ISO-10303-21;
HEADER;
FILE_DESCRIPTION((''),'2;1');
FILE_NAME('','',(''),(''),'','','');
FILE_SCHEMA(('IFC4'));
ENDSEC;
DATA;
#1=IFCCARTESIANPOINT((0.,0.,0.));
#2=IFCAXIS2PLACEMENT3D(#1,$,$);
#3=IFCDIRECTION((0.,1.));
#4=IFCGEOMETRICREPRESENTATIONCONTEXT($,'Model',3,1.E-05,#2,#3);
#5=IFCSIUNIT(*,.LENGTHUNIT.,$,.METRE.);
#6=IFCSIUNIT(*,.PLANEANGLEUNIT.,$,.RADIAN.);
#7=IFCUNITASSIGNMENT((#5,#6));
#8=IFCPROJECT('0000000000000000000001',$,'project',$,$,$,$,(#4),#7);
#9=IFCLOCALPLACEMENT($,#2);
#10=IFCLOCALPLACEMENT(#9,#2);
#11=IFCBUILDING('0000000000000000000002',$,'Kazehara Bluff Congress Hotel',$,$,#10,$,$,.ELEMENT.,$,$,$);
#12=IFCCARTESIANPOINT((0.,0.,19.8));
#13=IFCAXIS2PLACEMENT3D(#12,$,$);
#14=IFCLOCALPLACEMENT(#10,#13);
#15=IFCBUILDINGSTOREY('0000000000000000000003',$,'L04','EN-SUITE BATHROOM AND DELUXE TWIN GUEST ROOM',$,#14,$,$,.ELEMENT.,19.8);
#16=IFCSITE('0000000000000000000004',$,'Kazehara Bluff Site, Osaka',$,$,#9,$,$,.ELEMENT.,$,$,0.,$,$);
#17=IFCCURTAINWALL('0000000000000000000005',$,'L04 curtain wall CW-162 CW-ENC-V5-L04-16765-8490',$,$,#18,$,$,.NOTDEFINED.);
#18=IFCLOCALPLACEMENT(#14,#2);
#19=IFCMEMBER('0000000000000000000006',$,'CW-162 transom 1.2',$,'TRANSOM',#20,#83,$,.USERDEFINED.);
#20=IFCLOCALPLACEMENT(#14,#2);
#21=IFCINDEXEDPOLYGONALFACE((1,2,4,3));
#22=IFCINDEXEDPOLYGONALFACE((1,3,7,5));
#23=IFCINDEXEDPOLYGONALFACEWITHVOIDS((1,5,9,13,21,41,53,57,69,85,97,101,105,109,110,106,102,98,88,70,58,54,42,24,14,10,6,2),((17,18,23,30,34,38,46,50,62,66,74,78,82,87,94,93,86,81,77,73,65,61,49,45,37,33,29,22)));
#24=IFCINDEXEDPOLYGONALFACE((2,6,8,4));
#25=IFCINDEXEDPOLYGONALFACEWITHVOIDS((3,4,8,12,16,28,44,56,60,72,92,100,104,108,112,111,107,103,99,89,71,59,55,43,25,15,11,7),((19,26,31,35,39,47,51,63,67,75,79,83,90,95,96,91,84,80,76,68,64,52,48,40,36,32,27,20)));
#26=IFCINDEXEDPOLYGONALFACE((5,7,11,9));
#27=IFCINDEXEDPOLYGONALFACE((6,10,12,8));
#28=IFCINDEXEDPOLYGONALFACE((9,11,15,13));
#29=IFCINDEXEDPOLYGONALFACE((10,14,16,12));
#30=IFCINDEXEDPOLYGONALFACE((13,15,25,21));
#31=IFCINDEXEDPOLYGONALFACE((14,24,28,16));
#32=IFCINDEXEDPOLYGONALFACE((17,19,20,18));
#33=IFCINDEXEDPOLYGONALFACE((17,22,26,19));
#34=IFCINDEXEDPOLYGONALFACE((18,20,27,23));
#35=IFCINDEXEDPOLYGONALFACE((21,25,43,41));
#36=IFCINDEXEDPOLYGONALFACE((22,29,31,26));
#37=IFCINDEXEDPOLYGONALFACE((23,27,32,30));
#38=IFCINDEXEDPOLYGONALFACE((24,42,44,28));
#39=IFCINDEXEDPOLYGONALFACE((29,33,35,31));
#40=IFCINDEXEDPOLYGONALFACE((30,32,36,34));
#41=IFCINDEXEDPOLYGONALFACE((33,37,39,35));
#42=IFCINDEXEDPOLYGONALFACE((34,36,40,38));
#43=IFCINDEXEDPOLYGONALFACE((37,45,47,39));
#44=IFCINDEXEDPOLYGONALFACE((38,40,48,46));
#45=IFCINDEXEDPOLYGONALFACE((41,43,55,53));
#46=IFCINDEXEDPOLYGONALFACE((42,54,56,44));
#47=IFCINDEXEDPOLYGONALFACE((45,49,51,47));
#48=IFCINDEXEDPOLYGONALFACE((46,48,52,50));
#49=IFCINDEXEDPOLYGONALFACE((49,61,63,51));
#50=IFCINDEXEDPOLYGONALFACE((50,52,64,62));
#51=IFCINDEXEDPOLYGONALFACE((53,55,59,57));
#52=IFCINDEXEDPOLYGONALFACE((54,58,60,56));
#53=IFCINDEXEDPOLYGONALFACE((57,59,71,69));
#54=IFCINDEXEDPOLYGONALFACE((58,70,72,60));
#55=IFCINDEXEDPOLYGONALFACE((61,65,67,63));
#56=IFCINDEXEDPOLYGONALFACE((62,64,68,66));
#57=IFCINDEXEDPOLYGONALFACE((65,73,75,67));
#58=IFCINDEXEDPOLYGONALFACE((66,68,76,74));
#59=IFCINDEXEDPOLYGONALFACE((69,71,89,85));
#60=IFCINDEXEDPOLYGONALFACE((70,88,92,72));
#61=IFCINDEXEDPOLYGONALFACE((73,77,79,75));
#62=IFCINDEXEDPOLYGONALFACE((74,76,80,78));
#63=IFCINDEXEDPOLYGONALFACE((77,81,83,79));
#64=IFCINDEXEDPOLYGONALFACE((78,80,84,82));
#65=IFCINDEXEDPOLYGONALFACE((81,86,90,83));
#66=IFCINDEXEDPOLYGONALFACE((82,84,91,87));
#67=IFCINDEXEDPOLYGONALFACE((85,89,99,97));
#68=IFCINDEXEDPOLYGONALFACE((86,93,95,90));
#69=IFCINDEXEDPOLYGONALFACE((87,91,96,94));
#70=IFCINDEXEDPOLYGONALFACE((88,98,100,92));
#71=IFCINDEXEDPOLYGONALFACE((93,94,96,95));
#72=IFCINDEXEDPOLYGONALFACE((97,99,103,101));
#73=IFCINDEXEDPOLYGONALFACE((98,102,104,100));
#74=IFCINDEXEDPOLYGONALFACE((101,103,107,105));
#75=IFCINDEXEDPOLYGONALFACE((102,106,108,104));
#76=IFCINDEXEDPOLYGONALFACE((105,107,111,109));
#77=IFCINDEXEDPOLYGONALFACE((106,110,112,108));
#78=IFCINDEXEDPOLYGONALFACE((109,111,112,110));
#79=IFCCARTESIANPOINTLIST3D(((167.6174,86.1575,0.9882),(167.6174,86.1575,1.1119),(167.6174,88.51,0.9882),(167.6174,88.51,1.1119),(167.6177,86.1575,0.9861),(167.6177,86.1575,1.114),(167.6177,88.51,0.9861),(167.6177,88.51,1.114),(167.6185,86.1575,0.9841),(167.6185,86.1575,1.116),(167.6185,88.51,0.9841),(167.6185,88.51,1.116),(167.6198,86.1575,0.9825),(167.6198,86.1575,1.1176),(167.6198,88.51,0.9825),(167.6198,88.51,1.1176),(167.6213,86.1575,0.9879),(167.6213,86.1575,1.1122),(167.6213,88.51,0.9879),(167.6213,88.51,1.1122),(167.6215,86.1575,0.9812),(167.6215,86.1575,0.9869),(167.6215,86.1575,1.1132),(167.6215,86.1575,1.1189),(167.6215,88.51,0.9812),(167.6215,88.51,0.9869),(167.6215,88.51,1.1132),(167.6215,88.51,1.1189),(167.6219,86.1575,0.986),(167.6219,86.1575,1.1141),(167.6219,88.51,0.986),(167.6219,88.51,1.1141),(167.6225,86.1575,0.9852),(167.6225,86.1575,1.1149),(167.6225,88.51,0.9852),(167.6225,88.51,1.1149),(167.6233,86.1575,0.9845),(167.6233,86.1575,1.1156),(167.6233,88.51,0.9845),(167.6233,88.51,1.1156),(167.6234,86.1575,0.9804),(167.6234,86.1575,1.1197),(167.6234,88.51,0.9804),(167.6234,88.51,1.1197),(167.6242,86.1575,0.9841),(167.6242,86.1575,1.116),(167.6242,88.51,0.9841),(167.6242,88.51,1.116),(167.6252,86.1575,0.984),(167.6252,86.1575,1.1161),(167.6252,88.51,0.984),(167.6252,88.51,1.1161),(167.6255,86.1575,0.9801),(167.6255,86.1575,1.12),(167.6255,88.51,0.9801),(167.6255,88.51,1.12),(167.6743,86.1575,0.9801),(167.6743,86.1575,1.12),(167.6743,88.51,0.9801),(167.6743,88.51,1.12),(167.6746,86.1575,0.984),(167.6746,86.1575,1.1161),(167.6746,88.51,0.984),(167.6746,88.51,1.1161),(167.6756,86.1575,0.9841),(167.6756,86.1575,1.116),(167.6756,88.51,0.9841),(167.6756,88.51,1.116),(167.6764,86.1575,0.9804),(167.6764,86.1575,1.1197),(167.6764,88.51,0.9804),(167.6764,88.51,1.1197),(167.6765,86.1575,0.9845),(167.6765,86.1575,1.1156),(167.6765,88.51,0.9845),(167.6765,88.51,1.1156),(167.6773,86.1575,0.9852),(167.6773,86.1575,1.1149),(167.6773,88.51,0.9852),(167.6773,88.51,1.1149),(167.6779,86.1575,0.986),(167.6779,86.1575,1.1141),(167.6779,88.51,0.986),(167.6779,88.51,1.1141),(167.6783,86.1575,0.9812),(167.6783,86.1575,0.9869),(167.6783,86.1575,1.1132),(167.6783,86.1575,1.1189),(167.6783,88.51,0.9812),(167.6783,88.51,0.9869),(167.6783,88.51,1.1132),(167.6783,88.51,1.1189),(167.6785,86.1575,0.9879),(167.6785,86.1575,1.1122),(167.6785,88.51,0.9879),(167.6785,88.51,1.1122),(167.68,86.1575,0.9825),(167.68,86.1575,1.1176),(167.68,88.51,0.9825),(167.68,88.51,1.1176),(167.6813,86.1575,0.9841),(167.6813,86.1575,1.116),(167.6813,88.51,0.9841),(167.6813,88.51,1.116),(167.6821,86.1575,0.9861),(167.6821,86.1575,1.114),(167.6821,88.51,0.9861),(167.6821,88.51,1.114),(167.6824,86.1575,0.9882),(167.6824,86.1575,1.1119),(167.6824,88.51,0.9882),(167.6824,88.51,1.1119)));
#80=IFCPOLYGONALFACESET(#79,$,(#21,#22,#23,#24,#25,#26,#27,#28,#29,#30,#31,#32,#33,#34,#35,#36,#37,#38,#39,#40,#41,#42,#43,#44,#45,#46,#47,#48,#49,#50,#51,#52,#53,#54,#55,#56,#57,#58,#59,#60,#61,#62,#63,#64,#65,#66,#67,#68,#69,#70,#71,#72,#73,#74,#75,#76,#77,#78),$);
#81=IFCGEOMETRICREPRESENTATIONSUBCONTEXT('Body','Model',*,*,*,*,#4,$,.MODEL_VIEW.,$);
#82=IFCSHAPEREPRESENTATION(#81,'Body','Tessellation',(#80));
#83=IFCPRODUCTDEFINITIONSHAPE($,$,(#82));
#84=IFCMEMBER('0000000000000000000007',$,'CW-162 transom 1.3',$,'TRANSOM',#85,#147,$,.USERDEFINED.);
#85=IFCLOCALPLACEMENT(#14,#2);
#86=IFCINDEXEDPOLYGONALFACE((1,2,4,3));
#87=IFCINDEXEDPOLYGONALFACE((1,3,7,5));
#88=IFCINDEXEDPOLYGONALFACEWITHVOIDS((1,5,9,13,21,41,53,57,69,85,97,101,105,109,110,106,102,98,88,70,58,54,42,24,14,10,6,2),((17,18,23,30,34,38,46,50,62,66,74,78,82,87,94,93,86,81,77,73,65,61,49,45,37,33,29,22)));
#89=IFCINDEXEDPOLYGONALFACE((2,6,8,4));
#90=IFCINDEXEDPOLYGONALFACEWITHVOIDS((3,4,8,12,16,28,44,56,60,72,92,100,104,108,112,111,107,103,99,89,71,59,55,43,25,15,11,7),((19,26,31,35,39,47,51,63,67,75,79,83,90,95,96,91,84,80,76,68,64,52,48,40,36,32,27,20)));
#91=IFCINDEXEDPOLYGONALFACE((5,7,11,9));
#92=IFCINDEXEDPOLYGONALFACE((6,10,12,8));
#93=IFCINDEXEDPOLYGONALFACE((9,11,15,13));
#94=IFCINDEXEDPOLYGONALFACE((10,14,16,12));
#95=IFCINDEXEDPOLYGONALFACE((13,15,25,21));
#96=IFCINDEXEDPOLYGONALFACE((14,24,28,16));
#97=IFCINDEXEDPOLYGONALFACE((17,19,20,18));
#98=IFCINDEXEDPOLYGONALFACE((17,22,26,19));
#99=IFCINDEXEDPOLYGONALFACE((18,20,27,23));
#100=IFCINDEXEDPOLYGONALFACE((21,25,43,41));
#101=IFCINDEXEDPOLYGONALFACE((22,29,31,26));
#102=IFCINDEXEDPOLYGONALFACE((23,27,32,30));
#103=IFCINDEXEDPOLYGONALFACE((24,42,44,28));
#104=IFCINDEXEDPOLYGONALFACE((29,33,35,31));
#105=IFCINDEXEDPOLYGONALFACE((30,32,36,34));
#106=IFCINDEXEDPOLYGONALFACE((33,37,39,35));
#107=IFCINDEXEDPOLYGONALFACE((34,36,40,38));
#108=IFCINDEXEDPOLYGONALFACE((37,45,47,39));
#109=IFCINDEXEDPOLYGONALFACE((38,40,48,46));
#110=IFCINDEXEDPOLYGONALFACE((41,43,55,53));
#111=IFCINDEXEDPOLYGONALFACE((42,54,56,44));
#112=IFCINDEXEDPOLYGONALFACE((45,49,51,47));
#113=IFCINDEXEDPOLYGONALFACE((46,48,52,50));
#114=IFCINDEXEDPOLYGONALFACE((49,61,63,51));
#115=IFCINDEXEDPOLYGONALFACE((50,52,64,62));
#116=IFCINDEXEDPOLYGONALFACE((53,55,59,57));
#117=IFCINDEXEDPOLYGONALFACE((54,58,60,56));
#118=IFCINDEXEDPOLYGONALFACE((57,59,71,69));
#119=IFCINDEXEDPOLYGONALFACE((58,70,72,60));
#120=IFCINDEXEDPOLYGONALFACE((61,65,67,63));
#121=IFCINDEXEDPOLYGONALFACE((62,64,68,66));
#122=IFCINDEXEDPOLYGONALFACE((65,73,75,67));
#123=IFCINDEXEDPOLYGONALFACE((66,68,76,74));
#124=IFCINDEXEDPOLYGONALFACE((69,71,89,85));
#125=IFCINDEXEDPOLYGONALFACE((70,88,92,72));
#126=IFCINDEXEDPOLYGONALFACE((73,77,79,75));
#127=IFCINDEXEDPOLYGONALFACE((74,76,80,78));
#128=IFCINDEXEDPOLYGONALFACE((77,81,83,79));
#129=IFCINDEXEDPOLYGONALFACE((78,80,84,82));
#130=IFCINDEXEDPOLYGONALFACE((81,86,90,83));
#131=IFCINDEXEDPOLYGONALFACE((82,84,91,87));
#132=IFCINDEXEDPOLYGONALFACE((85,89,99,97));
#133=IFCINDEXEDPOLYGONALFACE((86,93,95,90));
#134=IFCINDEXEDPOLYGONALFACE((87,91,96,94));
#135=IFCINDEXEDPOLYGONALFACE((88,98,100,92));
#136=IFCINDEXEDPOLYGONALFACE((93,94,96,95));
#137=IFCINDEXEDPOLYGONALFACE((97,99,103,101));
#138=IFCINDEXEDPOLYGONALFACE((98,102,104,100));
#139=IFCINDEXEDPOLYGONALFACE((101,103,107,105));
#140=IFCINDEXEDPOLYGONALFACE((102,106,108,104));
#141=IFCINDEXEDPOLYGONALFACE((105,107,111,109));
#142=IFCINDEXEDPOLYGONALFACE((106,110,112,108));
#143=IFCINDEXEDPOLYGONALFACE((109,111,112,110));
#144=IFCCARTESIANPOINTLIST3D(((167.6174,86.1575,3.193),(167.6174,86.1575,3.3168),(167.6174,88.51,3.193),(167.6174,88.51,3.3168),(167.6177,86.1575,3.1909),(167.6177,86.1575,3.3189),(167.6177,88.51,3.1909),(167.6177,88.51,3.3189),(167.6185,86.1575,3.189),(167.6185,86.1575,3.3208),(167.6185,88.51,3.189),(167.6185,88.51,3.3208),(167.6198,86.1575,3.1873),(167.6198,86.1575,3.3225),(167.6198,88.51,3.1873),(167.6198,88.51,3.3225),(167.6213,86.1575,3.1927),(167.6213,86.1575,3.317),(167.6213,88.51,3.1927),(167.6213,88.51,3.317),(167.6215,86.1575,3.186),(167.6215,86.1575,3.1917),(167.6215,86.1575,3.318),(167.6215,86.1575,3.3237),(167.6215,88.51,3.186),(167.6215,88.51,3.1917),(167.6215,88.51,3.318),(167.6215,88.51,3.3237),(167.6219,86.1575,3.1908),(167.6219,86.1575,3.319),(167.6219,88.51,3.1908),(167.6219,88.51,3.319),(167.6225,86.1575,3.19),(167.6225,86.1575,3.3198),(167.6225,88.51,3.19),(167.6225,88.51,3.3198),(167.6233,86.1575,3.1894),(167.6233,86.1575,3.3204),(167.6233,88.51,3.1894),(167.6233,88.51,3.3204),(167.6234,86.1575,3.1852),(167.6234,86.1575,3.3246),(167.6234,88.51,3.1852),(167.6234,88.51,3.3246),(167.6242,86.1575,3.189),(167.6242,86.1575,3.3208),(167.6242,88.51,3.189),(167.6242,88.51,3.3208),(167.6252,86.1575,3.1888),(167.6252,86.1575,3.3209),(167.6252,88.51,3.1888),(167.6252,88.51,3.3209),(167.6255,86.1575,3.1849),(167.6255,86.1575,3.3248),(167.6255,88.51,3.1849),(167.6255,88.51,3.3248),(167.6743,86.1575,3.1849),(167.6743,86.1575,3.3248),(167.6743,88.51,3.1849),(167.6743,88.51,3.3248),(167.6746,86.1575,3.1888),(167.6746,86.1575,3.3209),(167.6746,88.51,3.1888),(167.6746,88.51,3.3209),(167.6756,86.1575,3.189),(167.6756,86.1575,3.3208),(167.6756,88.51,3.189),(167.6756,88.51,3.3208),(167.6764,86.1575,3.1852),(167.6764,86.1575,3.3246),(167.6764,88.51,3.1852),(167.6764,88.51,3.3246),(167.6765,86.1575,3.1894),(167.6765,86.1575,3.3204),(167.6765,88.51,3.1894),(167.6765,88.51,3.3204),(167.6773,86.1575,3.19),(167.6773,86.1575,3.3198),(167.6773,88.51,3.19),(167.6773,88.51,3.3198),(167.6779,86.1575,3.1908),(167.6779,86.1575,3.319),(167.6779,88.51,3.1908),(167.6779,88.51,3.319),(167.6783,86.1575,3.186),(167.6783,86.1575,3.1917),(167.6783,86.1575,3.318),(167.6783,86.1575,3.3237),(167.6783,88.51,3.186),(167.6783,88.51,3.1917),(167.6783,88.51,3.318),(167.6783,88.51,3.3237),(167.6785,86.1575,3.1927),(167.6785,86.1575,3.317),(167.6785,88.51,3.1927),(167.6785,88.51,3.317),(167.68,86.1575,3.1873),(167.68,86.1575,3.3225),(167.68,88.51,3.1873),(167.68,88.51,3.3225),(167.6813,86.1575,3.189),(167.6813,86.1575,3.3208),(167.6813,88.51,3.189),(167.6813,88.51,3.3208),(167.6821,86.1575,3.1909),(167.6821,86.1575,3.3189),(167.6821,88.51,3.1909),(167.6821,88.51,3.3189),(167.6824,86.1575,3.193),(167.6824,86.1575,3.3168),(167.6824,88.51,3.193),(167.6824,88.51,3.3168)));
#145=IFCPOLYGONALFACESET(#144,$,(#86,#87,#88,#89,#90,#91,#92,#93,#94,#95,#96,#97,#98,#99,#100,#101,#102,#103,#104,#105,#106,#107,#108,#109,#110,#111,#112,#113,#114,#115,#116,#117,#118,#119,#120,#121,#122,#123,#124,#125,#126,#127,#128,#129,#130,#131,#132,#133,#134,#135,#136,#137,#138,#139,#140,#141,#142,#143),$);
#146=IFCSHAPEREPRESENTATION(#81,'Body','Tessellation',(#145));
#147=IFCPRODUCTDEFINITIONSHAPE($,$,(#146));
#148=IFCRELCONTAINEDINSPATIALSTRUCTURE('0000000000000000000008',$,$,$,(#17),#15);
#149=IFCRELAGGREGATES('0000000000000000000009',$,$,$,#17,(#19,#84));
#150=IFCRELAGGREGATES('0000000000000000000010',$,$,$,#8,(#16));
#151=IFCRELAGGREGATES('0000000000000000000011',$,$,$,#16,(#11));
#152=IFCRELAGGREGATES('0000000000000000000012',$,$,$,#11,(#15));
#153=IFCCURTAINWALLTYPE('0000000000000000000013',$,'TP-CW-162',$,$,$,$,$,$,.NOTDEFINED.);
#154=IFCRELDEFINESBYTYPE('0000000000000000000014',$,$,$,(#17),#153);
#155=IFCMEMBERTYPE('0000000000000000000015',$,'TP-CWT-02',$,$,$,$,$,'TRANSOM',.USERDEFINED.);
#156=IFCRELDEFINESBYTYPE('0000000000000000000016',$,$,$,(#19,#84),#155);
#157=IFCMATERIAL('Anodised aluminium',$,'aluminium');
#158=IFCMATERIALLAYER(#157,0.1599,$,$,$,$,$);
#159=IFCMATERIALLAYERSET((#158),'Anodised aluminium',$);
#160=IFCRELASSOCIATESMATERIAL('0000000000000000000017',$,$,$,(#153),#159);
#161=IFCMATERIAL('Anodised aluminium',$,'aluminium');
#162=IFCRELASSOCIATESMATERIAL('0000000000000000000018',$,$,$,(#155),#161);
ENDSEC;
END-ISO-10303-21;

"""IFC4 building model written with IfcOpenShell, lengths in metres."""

from ifc_helpers import new_model, si_unit, direction, frame, origin, origin_2d, place, context, subcontext, project, spatial, hollow_rectangle, extrude, material, layer, layer_set, material_profile, profile_set, type_object, element, aggregate, save


model = new_model("IFC4")

# Units and contexts
model_context = context("Model", 3, precision=1e-05, world=origin(), true_north=direction((0.0, 1.0)))
body_context = subcontext(model_context, "Body", "Model", "MODEL_VIEW")
ifc_project = project(units=[si_unit("LENGTHUNIT", "METRE"), si_unit("PLANEANGLEUNIT", "RADIAN")], contexts=[model_context])

# Site, building, storey
site_placement = place(None, origin())
site = spatial("IfcSite", under=ifc_project, at=site_placement, Name="Kazehara Bluff Site, Osaka", CompositionType="ELEMENT", RefElevation=0.0)
building_placement = place(site_placement, origin())
building = spatial("IfcBuilding", under=site, at=building_placement, Name="Kazehara Bluff Congress Hotel", CompositionType="ELEMENT")
storey_placement = place(building_placement, frame((0.0, 0.0, 19.8)))
storey = spatial("IfcBuildingStorey", under=building, at=storey_placement, Name="L04", Description="EN-SUITE BATHROOM AND DELUXE TWIN GUEST ROOM", CompositionType="ELEMENT", Elevation=19.8)

# Curtain wall
ifc_material_1 = material(Name="Anodised aluminium", Category="aluminium")
ifc_layer_1 = layer(ifc_material_1, 0.1599)
ifc_layer_set_1 = layer_set([ifc_layer_1], Name="Anodised aluminium")
curtain_wall_type_1 = type_object("IfcCurtainWallType", Name="TP-CW-162", PredefinedType="NOTDEFINED", material=ifc_layer_set_1)
curtain_wall_1_placement = place(storey_placement, origin())
curtain_wall_1 = element("IfcCurtainWall", 1, at=curtain_wall_1_placement, inside=storey, type_object=curtain_wall_type_1, Name="L04 curtain wall CW-162 CW-ENC-V5-L04-16765-8490", PredefinedType="NOTDEFINED")

# Members
ifc_material_2 = material(Name="Anodised aluminium", Category="aluminium")
ifc_material_profile_1 = material_profile(ifc_material_2, hollow_rectangle(XDim=0.0649, YDim=0.1399, WallThickness=0.0039, InnerFilletRadius=0.0039, OuterFilletRadius=0.0081, at=origin_2d()))
ifc_profile_set_1 = profile_set([ifc_material_profile_1], Name="Anodised aluminium")
member_type_1 = type_object("IfcMemberType", Name="TP-CWT-02", ElementType="TRANSOM", PredefinedType="USERDEFINED", material=ifc_profile_set_1)
member_1_placement = place(storey_placement, frame((167.6499, 88.51, 1.05), z_axis=(0.0, -1.0, 0.0), x_axis=(1.0, 0.0, 0.0)))
member_1 = element("IfcMember", 2, at=member_1_placement, type_object=member_type_1, Name="CW-162 transom 1.2", ObjectType="TRANSOM", PredefinedType="USERDEFINED", context=body_context, shape_type="SweptSolid", body=[
    extrude(hollow_rectangle(XDim=0.0649, YDim=0.1399, WallThickness=0.0039, InnerFilletRadius=0.0039, OuterFilletRadius=0.0081, at=origin_2d()), origin(), (0.0, 0.0, 1.0), 2.3525),
])
member_2_placement = place(storey_placement, frame((167.6499, 88.51, 3.2549), z_axis=(0.0, -1.0, 0.0), x_axis=(1.0, 0.0, 0.0)))
member_2 = element("IfcMember", 3, at=member_2_placement, type_object=member_type_1, Name="CW-162 transom 1.3", ObjectType="TRANSOM", PredefinedType="USERDEFINED", context=body_context, shape_type="SweptSolid", body=[
    extrude(hollow_rectangle(XDim=0.0649, YDim=0.1399, WallThickness=0.0039, InnerFilletRadius=0.0039, OuterFilletRadius=0.0081, at=origin_2d()), origin(), (0.0, 0.0, 1.0), 2.3525),
])

aggregate(curtain_wall_1, [member_1, member_2])

save(model, "model.ifc")
